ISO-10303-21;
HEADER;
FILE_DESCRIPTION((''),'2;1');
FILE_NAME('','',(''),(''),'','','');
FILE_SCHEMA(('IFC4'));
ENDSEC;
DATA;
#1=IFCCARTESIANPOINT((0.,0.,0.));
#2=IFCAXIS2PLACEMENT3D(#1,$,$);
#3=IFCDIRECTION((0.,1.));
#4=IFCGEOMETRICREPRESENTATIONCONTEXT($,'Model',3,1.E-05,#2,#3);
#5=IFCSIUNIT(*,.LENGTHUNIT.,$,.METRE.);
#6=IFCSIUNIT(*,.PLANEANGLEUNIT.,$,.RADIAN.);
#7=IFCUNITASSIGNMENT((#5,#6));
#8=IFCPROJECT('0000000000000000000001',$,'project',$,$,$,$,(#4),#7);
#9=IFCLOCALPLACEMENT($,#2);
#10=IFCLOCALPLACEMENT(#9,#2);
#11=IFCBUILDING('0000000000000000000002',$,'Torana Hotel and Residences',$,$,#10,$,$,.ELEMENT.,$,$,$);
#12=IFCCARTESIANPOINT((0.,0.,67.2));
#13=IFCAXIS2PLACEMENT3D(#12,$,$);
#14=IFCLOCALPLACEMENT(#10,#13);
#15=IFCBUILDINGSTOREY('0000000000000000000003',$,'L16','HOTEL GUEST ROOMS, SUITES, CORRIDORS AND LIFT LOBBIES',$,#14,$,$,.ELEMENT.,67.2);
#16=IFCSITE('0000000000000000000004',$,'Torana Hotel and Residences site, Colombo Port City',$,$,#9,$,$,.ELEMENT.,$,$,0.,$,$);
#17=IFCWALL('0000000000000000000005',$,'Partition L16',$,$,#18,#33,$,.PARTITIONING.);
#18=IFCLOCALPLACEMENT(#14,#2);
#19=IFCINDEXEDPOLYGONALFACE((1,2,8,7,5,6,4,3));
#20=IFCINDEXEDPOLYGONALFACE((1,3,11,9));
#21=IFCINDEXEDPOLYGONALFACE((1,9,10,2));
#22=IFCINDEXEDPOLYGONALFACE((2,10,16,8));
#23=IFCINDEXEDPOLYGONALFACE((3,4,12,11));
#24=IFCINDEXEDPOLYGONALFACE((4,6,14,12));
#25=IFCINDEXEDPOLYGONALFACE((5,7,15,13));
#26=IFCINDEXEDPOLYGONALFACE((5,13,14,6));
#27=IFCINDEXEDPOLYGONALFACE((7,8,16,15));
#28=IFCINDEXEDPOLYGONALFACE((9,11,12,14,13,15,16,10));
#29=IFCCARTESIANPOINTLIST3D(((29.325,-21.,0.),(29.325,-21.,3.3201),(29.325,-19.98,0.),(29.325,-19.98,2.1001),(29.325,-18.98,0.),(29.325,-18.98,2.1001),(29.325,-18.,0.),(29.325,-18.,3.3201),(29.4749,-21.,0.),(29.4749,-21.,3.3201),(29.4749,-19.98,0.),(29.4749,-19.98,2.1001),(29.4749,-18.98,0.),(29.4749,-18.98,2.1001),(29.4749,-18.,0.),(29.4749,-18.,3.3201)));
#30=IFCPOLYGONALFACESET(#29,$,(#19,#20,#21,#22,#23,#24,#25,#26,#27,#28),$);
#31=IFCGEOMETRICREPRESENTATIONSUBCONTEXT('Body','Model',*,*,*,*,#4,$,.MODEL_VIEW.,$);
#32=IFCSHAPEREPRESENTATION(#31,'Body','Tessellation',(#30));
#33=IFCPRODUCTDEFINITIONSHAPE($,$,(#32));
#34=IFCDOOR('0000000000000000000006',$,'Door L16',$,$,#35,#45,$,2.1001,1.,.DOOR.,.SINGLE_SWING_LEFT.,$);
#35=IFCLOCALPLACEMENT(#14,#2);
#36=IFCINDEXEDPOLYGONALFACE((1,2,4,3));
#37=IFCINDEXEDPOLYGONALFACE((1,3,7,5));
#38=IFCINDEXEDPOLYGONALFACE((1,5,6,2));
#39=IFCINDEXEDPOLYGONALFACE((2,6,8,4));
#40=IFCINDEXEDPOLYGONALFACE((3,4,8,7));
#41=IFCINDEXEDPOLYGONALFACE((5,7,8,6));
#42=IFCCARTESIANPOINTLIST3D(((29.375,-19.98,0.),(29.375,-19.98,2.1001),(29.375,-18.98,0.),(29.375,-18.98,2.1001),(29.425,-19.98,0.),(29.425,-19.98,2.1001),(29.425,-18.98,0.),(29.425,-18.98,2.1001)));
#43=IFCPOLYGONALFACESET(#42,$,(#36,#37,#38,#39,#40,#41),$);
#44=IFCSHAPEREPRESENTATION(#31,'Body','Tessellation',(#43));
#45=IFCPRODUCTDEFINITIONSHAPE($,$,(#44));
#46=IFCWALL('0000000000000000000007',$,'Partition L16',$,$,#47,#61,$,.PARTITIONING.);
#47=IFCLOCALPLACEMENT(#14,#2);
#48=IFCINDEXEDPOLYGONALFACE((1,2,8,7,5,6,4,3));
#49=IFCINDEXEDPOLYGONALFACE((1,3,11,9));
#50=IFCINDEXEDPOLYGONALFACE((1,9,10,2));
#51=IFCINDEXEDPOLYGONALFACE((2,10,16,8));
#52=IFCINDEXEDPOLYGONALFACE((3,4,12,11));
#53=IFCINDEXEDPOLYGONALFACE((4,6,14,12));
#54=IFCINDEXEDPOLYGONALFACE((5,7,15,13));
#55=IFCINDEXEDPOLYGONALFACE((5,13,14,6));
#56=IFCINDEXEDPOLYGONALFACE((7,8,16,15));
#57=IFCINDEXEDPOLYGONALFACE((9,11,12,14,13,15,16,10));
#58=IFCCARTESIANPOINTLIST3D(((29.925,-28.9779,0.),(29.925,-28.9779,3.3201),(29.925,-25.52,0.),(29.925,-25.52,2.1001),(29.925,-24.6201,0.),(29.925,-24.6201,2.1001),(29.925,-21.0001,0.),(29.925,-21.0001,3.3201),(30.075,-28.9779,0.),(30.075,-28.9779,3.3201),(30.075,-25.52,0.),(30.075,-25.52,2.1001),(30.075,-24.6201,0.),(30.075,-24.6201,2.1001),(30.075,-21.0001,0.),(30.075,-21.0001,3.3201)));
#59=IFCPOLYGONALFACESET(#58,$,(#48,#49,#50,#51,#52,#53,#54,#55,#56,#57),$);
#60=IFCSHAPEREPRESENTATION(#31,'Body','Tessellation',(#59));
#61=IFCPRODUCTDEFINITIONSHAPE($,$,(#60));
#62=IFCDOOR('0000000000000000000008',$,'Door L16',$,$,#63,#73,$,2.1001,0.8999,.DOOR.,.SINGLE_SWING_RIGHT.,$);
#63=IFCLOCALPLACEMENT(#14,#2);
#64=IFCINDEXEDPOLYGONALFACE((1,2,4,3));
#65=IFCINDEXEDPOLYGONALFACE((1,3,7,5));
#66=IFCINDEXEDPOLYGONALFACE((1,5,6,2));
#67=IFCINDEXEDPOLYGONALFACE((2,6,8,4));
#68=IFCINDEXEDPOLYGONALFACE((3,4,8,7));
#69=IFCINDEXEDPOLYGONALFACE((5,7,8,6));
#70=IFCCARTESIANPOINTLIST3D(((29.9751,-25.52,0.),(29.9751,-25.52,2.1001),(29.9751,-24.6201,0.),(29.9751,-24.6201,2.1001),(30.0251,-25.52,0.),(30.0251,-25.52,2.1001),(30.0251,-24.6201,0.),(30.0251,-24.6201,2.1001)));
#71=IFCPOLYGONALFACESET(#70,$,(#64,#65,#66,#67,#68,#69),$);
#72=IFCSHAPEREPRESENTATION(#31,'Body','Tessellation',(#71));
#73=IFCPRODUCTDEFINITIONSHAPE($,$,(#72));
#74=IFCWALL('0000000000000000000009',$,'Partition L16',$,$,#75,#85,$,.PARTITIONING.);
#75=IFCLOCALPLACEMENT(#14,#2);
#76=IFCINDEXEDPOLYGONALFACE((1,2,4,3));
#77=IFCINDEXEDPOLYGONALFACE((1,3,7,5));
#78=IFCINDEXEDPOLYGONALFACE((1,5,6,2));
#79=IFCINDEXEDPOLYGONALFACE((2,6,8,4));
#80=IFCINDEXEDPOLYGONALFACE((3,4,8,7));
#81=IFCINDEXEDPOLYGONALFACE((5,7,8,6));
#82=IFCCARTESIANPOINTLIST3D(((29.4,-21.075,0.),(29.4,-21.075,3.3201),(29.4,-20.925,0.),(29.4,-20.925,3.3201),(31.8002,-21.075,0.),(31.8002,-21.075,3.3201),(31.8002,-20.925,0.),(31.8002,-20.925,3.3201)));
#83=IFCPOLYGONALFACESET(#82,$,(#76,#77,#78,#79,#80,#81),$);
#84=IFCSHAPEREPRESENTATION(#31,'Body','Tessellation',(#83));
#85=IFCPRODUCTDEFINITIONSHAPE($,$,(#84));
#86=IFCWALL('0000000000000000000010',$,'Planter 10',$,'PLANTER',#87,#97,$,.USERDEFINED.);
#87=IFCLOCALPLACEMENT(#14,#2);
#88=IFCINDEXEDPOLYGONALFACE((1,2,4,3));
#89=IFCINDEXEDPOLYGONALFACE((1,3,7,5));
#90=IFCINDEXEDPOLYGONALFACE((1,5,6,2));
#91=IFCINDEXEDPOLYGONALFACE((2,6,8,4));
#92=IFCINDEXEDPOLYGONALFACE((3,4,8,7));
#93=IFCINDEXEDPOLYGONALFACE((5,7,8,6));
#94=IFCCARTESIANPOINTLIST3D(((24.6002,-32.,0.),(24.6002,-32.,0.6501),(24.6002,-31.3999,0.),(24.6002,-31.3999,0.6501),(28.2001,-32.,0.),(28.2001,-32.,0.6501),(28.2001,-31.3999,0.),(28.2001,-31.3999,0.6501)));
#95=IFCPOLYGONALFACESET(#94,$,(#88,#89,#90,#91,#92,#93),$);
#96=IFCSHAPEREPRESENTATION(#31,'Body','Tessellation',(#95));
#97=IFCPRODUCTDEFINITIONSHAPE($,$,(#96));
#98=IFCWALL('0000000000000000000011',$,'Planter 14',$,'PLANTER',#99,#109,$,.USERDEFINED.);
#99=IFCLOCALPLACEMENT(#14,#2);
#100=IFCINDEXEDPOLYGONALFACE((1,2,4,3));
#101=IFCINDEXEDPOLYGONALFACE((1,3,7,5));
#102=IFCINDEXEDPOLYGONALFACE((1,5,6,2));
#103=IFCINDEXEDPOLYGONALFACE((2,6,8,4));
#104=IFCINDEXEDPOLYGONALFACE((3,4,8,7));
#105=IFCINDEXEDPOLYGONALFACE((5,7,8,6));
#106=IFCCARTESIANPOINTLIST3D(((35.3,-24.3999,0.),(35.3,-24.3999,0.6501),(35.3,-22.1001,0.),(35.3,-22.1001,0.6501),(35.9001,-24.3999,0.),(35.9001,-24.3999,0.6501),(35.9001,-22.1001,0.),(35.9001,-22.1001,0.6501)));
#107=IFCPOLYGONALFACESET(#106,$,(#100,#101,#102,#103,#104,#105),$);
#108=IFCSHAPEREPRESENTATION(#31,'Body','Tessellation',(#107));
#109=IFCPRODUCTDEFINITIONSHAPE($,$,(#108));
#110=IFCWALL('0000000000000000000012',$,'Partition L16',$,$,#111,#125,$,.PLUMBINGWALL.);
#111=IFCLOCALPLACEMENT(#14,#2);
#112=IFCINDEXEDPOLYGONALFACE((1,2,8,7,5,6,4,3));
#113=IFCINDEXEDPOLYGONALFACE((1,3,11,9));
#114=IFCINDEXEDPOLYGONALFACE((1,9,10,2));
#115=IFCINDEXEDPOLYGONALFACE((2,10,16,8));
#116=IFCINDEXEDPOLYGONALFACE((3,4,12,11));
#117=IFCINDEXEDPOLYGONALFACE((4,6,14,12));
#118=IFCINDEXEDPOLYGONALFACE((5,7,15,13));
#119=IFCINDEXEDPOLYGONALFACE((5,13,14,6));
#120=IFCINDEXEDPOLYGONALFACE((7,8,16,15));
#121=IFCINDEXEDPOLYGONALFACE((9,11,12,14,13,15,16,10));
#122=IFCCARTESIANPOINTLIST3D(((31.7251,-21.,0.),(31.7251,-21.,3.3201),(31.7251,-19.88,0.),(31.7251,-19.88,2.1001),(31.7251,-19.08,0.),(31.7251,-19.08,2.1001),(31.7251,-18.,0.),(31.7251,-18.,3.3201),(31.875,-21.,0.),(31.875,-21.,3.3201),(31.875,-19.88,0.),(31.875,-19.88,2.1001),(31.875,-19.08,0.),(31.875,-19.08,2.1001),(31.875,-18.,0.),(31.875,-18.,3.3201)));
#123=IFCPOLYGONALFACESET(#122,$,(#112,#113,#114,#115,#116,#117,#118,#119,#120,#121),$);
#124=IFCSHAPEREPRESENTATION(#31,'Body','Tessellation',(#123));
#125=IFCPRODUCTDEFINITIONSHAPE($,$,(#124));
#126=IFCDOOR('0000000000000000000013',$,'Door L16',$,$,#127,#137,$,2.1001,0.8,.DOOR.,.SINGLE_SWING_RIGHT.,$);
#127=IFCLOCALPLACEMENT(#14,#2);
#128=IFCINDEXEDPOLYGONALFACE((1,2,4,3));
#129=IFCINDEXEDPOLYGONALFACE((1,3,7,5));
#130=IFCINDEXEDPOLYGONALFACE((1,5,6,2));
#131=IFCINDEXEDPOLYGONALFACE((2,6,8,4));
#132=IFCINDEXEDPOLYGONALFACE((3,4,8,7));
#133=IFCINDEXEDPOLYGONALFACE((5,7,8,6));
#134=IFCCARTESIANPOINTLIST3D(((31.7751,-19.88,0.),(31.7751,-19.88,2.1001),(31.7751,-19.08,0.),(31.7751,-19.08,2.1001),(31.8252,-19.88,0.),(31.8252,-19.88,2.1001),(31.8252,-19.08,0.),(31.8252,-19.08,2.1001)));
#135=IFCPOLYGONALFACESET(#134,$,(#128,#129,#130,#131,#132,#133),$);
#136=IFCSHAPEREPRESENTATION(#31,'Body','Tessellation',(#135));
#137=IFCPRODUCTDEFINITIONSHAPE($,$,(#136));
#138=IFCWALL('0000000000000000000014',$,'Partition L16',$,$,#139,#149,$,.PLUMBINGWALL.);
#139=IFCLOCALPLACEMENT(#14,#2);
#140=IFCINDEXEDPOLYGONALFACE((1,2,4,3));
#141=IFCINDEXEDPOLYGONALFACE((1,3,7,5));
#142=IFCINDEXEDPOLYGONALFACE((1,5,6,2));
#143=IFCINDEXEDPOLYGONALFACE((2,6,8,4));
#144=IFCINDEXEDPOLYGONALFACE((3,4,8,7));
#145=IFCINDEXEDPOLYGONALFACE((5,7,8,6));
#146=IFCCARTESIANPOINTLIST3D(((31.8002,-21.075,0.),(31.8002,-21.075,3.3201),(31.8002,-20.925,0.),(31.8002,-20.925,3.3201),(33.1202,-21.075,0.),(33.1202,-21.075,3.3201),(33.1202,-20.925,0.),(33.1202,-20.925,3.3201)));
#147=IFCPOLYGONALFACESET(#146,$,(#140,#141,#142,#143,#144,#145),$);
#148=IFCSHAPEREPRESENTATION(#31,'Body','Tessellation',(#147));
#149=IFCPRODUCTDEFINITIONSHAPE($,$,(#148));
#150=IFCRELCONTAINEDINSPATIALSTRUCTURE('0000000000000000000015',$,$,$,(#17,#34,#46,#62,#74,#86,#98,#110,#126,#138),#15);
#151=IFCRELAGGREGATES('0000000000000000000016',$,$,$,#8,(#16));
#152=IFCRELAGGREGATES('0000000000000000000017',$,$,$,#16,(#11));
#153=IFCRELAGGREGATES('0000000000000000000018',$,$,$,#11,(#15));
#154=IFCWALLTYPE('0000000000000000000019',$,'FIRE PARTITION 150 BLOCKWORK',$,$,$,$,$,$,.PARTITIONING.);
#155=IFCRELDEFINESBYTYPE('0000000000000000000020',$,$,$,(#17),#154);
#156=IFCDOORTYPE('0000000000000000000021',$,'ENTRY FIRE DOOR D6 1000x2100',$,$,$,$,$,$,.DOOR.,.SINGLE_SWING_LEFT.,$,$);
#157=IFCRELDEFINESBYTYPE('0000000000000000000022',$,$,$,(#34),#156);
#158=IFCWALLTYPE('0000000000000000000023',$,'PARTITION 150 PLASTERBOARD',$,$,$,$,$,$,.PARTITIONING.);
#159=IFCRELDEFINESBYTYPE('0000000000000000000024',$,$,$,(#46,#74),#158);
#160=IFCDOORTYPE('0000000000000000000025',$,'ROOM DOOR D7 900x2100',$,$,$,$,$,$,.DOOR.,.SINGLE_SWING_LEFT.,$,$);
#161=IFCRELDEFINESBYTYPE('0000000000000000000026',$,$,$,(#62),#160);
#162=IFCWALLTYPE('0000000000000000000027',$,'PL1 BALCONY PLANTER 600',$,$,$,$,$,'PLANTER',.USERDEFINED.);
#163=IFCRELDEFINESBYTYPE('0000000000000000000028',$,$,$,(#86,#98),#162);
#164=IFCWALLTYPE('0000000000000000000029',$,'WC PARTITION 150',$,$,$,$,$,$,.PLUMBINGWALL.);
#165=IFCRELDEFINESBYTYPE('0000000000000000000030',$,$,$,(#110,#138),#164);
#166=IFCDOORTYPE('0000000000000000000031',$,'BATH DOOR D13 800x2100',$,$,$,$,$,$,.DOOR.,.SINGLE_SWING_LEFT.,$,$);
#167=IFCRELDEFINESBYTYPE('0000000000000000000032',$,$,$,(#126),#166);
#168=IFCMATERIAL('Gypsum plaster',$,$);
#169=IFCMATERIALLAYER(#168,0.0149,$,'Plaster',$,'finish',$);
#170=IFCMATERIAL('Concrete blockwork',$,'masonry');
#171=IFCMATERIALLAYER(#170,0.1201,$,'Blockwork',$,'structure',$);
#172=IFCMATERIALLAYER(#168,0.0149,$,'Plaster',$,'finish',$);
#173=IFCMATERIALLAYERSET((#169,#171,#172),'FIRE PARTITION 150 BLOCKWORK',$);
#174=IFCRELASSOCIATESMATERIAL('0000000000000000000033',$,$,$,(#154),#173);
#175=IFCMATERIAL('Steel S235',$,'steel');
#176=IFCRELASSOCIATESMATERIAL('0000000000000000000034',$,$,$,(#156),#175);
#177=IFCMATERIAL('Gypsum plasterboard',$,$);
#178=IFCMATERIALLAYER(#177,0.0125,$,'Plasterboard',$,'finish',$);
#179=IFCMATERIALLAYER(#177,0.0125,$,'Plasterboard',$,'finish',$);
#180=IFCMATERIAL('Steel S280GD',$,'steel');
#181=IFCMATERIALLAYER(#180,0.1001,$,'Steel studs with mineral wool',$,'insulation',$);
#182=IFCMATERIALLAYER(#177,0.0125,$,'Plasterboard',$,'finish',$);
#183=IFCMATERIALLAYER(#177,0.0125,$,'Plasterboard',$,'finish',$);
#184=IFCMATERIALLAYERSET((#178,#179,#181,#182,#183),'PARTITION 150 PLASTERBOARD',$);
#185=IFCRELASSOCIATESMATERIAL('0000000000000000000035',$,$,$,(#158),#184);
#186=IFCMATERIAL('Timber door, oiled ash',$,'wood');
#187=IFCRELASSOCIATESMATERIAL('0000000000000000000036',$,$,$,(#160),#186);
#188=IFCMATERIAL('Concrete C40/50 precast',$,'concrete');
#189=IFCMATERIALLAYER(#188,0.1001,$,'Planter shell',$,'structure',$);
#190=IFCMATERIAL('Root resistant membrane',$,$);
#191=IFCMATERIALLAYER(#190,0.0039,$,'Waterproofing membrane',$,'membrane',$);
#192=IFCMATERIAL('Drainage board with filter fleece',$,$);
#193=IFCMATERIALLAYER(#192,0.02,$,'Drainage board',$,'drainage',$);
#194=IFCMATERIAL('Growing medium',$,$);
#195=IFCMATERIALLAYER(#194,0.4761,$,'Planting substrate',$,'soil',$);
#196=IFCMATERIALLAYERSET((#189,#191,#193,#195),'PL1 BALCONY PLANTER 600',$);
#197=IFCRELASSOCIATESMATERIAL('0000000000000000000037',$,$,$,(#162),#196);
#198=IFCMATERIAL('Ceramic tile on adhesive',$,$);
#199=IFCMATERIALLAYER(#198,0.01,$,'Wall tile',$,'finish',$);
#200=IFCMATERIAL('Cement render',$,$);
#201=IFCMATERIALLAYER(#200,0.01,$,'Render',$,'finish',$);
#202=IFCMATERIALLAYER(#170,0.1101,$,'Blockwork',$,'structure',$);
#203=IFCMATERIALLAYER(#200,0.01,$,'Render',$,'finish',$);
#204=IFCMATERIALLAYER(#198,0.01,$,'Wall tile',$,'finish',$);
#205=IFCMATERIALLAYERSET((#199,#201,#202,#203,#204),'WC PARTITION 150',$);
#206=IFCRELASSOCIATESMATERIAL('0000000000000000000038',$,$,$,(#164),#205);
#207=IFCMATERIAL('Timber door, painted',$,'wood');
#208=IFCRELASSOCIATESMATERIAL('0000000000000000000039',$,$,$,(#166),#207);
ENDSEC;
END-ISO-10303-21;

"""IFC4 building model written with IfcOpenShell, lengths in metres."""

from ifc_helpers import new_model, si_unit, direction, frame, frame_2d, origin, place, context, subcontext, project, spatial, rectangle, extrude, material, layer, layer_set, type_object, element, fill, save


model = new_model("IFC4")

# Units and contexts
model_context = context("Model", 3, precision=1e-05, world=origin(), true_north=direction((0.0, 1.0)))
body_context = subcontext(model_context, "Body", "Model", "MODEL_VIEW")
ifc_project = project(units=[si_unit("LENGTHUNIT", "METRE"), si_unit("PLANEANGLEUNIT", "RADIAN")], contexts=[model_context])

# Site, building, storey
site_placement = place(None, origin())
site = spatial("IfcSite", under=ifc_project, at=site_placement, Name="Torana Hotel and Residences site, Colombo Port City", CompositionType="ELEMENT", RefElevation=0.0)
building_placement = place(site_placement, origin())
building = spatial("IfcBuilding", under=site, at=building_placement, Name="Torana Hotel and Residences", CompositionType="ELEMENT")
storey_placement = place(building_placement, frame((0.0, 0.0, 67.2)))
storey = spatial("IfcBuildingStorey", under=building, at=storey_placement, Name="L16", Description="HOTEL GUEST ROOMS, SUITES, CORRIDORS AND LIFT LOBBIES", CompositionType="ELEMENT", Elevation=67.2)

# Shared definitions
ifc_material_1 = material(Name="Steel S280GD", Category="steel")

# Walls, openings, doors
ifc_material_2 = material(Name="Gypsum plaster")
ifc_layer_1 = layer(ifc_material_2, 0.0149, Name="Plaster", Category="finish")
ifc_material_3 = material(Name="Concrete blockwork", Category="masonry")
ifc_layer_2 = layer(ifc_material_3, 0.1201, Name="Blockwork", Category="structure")
ifc_layer_3 = layer(ifc_material_2, 0.0149, Name="Plaster", Category="finish")
ifc_layer_set_1 = layer_set([ifc_layer_1, ifc_layer_2, ifc_layer_3], Name="FIRE PARTITION 150 BLOCKWORK")
wall_type_1 = type_object("IfcWallType", Name="FIRE PARTITION 150 BLOCKWORK", PredefinedType="PARTITIONING", material=ifc_layer_set_1)
wall_1_placement = place(storey_placement, frame((29.3999, -21.0, 0.0), z_axis=(0.0, 0.0, 1.0), x_axis=(0.0, 1.0, 0.0)))
wall_1 = element("IfcWall", 1, at=wall_1_placement, inside=storey, type_object=wall_type_1, Name="Partition L16", PredefinedType="PARTITIONING", context=body_context, shape_type="SweptSolid", body=[
    extrude(rectangle(XDim=3.0, YDim=0.1499, at=frame_2d((1.5, 0.0))), origin(), (0.0, 0.0, 1.0), 3.3201),
])
opening_1_placement = place(wall_1_placement, frame((1.02, 0.0, 0.0)))
opening_1 = element("IfcOpeningElement", 2, at=opening_1_placement, cuts=wall_1, PredefinedType="OPENING", context=body_context, shape_type="SweptSolid", body=[
    extrude(rectangle(XDim=1.0, YDim=2.1001, at=frame_2d((0.5, 1.05))), frame((0.0, 0.085, 0.0), z_axis=(0.0, -1.0, 0.0), x_axis=(1.0, 0.0, 0.0)), (0.0, 0.0, 1.0), 0.1699),
])
ifc_material_4 = material(Name="Steel S235", Category="steel")
door_type_1 = type_object("IfcDoorType", Name="ENTRY FIRE DOOR D6 1000x2100", OperationType="SINGLE_SWING_LEFT", PredefinedType="DOOR", material=ifc_material_4)
door_1_placement = place(opening_1_placement, frame((0.5, 0.0, 0.0), z_axis=(0.0, 0.0, 1.0), x_axis=(-1.0, 0.0, 0.0)))
door_1 = element("IfcDoor", 3, at=door_1_placement, inside=storey, type_object=door_type_1, Name="Door L16", OperationType="SINGLE_SWING_LEFT", OverallHeight=2.1001, OverallWidth=1.0, PredefinedType="DOOR", context=body_context, shape_type="SweptSolid", body=[
    extrude(rectangle(XDim=1.0, YDim=2.1001, at=frame_2d((0.0, 1.05))), frame((0.0, -0.0249, 0.0), z_axis=(0.0, 1.0, 0.0), x_axis=(-1.0, 0.0, 0.0)), (0.0, 0.0, 1.0), 0.05),
])
fill(opening_1, door_1)
ifc_material_5 = material(Name="Gypsum plasterboard")
ifc_layer_4 = layer(ifc_material_5, 0.0125, Name="Plasterboard", Category="finish")
ifc_layer_5 = layer(ifc_material_5, 0.0125, Name="Plasterboard", Category="finish")
ifc_layer_6 = layer(ifc_material_1, 0.1001, Name="Steel studs with mineral wool", Category="insulation")
ifc_layer_7 = layer(ifc_material_5, 0.0125, Name="Plasterboard", Category="finish")
ifc_layer_8 = layer(ifc_material_5, 0.0125, Name="Plasterboard", Category="finish")
ifc_layer_set_2 = layer_set([ifc_layer_4, ifc_layer_5, ifc_layer_6, ifc_layer_7, ifc_layer_8], Name="PARTITION 150 PLASTERBOARD")
wall_type_2 = type_object("IfcWallType", Name="PARTITION 150 PLASTERBOARD", PredefinedType="PARTITIONING", material=ifc_layer_set_2)
wall_2_placement = place(storey_placement, frame((30.0, -28.9778, 0.0), z_axis=(0.0, 0.0, 1.0), x_axis=(0.0, 1.0, 0.0)))
wall_2 = element("IfcWall", 4, at=wall_2_placement, inside=storey, type_object=wall_type_2, Name="Partition L16", PredefinedType="PARTITIONING", context=body_context, shape_type="SweptSolid", body=[
    extrude(rectangle(XDim=7.9778, YDim=0.1499, at=frame_2d((3.9888, 0.0))), origin(), (0.0, 0.0, 1.0), 3.3201),
])
opening_2_placement = place(wall_2_placement, frame((3.4578, 0.0, 0.0)))
opening_2 = element("IfcOpeningElement", 5, at=opening_2_placement, cuts=wall_2, PredefinedType="OPENING", context=body_context, shape_type="SweptSolid", body=[
    extrude(rectangle(XDim=0.8999, YDim=2.1001, at=frame_2d((0.45, 1.05))), frame((0.0, 0.085, 0.0), z_axis=(0.0, -1.0, 0.0), x_axis=(1.0, 0.0, 0.0)), (0.0, 0.0, 1.0), 0.1699),
])
ifc_material_6 = material(Name="Timber door, oiled ash", Category="wood")
door_type_2 = type_object("IfcDoorType", Name="ROOM DOOR D7 900x2100", OperationType="SINGLE_SWING_LEFT", PredefinedType="DOOR", material=ifc_material_6)
door_2_placement = place(opening_2_placement, origin())
door_2 = element("IfcDoor", 6, at=door_2_placement, inside=storey, type_object=door_type_2, Name="Door L16", OperationType="SINGLE_SWING_RIGHT", OverallHeight=2.1001, OverallWidth=0.8999, PredefinedType="DOOR", context=body_context, shape_type="SweptSolid", body=[
    extrude(rectangle(XDim=0.8999, YDim=2.1001, at=frame_2d((0.45, 1.05))), frame((0.0, 0.0249, 0.0), z_axis=(0.0, -1.0, 0.0), x_axis=(1.0, 0.0, 0.0)), (0.0, 0.0, 1.0), 0.05),
])
fill(opening_2, door_2)

# Walls
wall_3_placement = place(storey_placement, frame((29.3999, -21.0, 0.0), z_axis=(0.0, 0.0, 1.0), x_axis=(1.0, 0.0, 0.0)))
element("IfcWall", 7, at=wall_3_placement, inside=storey, type_object=wall_type_2, Name="Partition L16", PredefinedType="PARTITIONING", context=body_context, shape_type="SweptSolid", body=[
    extrude(rectangle(XDim=2.4001, YDim=0.1499, at=frame_2d((1.2002, 0.0))), origin(), (0.0, 0.0, 1.0), 3.3201),
])
ifc_material_7 = material(Name="Concrete C40/50 precast", Category="concrete")
ifc_layer_9 = layer(ifc_material_7, 0.1001, Name="Planter shell", Category="structure")
ifc_material_8 = material(Name="Root resistant membrane")
ifc_layer_10 = layer(ifc_material_8, 0.0039, Name="Waterproofing membrane", Category="membrane")
ifc_material_9 = material(Name="Drainage board with filter fleece")
ifc_layer_11 = layer(ifc_material_9, 0.02, Name="Drainage board", Category="drainage")
ifc_material_10 = material(Name="Growing medium")
ifc_layer_12 = layer(ifc_material_10, 0.4761, Name="Planting substrate", Category="soil")
ifc_layer_set_3 = layer_set([ifc_layer_9, ifc_layer_10, ifc_layer_11, ifc_layer_12], Name="PL1 BALCONY PLANTER 600")
wall_type_3 = type_object("IfcWallType", Name="PL1 BALCONY PLANTER 600", ElementType="PLANTER", PredefinedType="USERDEFINED", material=ifc_layer_set_3)
wall_4_placement = place(storey_placement, frame((28.2, -31.7, 0.0), z_axis=(0.0, 0.0, 1.0), x_axis=(-1.0, 0.0, 0.0)))
element("IfcWall", 8, at=wall_4_placement, inside=storey, type_object=wall_type_3, Name="Planter 10", ObjectType="PLANTER", PredefinedType="USERDEFINED", context=body_context, shape_type="SweptSolid", body=[
    extrude(rectangle(XDim=3.5999, YDim=0.6001, at=frame_2d((1.7998, 0.0))), origin(), (0.0, 0.0, 1.0), 0.6501),
])
wall_5_placement = place(storey_placement, frame((35.6001, -22.1001, 0.0), z_axis=(0.0, 0.0, 1.0), x_axis=(0.0, -1.0, 0.0)))
element("IfcWall", 9, at=wall_5_placement, inside=storey, type_object=wall_type_3, Name="Planter 14", ObjectType="PLANTER", PredefinedType="USERDEFINED", context=body_context, shape_type="SweptSolid", body=[
    extrude(rectangle(XDim=2.2998, YDim=0.6001, at=frame_2d((1.1499, 0.0))), origin(), (0.0, 0.0, 1.0), 0.6501),
])

# Wall, opening, door
ifc_material_11 = material(Name="Ceramic tile on adhesive")
ifc_layer_13 = layer(ifc_material_11, 0.01, Name="Wall tile", Category="finish")
ifc_material_12 = material(Name="Cement render")
ifc_layer_14 = layer(ifc_material_12, 0.01, Name="Render", Category="finish")
ifc_layer_15 = layer(ifc_material_3, 0.1101, Name="Blockwork", Category="structure")
ifc_layer_16 = layer(ifc_material_12, 0.01, Name="Render", Category="finish")
ifc_layer_17 = layer(ifc_material_11, 0.01, Name="Wall tile", Category="finish")
ifc_layer_set_4 = layer_set([ifc_layer_13, ifc_layer_14, ifc_layer_15, ifc_layer_16, ifc_layer_17], Name="WC PARTITION 150")
wall_type_4 = type_object("IfcWallType", Name="WC PARTITION 150", PredefinedType="PLUMBINGWALL", material=ifc_layer_set_4)
wall_6_placement = place(storey_placement, frame((31.8, -21.0, 0.0), z_axis=(0.0, 0.0, 1.0), x_axis=(0.0, 1.0, 0.0)))
wall_6 = element("IfcWall", 10, at=wall_6_placement, inside=storey, type_object=wall_type_4, Name="Partition L16", PredefinedType="PLUMBINGWALL", context=body_context, shape_type="SweptSolid", body=[
    extrude(rectangle(XDim=3.0, YDim=0.1499, at=frame_2d((1.5, 0.0))), origin(), (0.0, 0.0, 1.0), 3.3201),
])
opening_3_placement = place(wall_6_placement, frame((1.1201, 0.0, 0.0)))
opening_3 = element("IfcOpeningElement", 11, at=opening_3_placement, cuts=wall_6, PredefinedType="OPENING", context=body_context, shape_type="SweptSolid", body=[
    extrude(rectangle(XDim=0.8, YDim=2.1001, at=frame_2d((0.3999, 1.05))), frame((0.0, 0.085, 0.0), z_axis=(0.0, -1.0, 0.0), x_axis=(1.0, 0.0, 0.0)), (0.0, 0.0, 1.0), 0.1699),
])
ifc_material_13 = material(Name="Timber door, painted", Category="wood")
door_type_3 = type_object("IfcDoorType", Name="BATH DOOR D13 800x2100", OperationType="SINGLE_SWING_LEFT", PredefinedType="DOOR", material=ifc_material_13)
door_3_placement = place(opening_3_placement, origin())
door_3 = element("IfcDoor", 12, at=door_3_placement, inside=storey, type_object=door_type_3, Name="Door L16", OperationType="SINGLE_SWING_RIGHT", OverallHeight=2.1001, OverallWidth=0.8, PredefinedType="DOOR", context=body_context, shape_type="SweptSolid", body=[
    extrude(rectangle(XDim=0.8, YDim=2.1001, at=frame_2d((0.3999, 1.05))), frame((0.0, 0.0249, 0.0), z_axis=(0.0, -1.0, 0.0), x_axis=(1.0, 0.0, 0.0)), (0.0, 0.0, 1.0), 0.05),
])
fill(opening_3, door_3)

# Wall
wall_7_placement = place(storey_placement, frame((31.8, -21.0, 0.0), z_axis=(0.0, 0.0, 1.0), x_axis=(1.0, 0.0, 0.0)))
element("IfcWall", 13, at=wall_7_placement, inside=storey, type_object=wall_type_4, Name="Partition L16", PredefinedType="PLUMBINGWALL", context=body_context, shape_type="SweptSolid", body=[
    extrude(rectangle(XDim=1.3201, YDim=0.1499, at=frame_2d((0.6602, 0.0))), origin(), (0.0, 0.0, 1.0), 3.3201),
])

save(model, "model.ifc")
